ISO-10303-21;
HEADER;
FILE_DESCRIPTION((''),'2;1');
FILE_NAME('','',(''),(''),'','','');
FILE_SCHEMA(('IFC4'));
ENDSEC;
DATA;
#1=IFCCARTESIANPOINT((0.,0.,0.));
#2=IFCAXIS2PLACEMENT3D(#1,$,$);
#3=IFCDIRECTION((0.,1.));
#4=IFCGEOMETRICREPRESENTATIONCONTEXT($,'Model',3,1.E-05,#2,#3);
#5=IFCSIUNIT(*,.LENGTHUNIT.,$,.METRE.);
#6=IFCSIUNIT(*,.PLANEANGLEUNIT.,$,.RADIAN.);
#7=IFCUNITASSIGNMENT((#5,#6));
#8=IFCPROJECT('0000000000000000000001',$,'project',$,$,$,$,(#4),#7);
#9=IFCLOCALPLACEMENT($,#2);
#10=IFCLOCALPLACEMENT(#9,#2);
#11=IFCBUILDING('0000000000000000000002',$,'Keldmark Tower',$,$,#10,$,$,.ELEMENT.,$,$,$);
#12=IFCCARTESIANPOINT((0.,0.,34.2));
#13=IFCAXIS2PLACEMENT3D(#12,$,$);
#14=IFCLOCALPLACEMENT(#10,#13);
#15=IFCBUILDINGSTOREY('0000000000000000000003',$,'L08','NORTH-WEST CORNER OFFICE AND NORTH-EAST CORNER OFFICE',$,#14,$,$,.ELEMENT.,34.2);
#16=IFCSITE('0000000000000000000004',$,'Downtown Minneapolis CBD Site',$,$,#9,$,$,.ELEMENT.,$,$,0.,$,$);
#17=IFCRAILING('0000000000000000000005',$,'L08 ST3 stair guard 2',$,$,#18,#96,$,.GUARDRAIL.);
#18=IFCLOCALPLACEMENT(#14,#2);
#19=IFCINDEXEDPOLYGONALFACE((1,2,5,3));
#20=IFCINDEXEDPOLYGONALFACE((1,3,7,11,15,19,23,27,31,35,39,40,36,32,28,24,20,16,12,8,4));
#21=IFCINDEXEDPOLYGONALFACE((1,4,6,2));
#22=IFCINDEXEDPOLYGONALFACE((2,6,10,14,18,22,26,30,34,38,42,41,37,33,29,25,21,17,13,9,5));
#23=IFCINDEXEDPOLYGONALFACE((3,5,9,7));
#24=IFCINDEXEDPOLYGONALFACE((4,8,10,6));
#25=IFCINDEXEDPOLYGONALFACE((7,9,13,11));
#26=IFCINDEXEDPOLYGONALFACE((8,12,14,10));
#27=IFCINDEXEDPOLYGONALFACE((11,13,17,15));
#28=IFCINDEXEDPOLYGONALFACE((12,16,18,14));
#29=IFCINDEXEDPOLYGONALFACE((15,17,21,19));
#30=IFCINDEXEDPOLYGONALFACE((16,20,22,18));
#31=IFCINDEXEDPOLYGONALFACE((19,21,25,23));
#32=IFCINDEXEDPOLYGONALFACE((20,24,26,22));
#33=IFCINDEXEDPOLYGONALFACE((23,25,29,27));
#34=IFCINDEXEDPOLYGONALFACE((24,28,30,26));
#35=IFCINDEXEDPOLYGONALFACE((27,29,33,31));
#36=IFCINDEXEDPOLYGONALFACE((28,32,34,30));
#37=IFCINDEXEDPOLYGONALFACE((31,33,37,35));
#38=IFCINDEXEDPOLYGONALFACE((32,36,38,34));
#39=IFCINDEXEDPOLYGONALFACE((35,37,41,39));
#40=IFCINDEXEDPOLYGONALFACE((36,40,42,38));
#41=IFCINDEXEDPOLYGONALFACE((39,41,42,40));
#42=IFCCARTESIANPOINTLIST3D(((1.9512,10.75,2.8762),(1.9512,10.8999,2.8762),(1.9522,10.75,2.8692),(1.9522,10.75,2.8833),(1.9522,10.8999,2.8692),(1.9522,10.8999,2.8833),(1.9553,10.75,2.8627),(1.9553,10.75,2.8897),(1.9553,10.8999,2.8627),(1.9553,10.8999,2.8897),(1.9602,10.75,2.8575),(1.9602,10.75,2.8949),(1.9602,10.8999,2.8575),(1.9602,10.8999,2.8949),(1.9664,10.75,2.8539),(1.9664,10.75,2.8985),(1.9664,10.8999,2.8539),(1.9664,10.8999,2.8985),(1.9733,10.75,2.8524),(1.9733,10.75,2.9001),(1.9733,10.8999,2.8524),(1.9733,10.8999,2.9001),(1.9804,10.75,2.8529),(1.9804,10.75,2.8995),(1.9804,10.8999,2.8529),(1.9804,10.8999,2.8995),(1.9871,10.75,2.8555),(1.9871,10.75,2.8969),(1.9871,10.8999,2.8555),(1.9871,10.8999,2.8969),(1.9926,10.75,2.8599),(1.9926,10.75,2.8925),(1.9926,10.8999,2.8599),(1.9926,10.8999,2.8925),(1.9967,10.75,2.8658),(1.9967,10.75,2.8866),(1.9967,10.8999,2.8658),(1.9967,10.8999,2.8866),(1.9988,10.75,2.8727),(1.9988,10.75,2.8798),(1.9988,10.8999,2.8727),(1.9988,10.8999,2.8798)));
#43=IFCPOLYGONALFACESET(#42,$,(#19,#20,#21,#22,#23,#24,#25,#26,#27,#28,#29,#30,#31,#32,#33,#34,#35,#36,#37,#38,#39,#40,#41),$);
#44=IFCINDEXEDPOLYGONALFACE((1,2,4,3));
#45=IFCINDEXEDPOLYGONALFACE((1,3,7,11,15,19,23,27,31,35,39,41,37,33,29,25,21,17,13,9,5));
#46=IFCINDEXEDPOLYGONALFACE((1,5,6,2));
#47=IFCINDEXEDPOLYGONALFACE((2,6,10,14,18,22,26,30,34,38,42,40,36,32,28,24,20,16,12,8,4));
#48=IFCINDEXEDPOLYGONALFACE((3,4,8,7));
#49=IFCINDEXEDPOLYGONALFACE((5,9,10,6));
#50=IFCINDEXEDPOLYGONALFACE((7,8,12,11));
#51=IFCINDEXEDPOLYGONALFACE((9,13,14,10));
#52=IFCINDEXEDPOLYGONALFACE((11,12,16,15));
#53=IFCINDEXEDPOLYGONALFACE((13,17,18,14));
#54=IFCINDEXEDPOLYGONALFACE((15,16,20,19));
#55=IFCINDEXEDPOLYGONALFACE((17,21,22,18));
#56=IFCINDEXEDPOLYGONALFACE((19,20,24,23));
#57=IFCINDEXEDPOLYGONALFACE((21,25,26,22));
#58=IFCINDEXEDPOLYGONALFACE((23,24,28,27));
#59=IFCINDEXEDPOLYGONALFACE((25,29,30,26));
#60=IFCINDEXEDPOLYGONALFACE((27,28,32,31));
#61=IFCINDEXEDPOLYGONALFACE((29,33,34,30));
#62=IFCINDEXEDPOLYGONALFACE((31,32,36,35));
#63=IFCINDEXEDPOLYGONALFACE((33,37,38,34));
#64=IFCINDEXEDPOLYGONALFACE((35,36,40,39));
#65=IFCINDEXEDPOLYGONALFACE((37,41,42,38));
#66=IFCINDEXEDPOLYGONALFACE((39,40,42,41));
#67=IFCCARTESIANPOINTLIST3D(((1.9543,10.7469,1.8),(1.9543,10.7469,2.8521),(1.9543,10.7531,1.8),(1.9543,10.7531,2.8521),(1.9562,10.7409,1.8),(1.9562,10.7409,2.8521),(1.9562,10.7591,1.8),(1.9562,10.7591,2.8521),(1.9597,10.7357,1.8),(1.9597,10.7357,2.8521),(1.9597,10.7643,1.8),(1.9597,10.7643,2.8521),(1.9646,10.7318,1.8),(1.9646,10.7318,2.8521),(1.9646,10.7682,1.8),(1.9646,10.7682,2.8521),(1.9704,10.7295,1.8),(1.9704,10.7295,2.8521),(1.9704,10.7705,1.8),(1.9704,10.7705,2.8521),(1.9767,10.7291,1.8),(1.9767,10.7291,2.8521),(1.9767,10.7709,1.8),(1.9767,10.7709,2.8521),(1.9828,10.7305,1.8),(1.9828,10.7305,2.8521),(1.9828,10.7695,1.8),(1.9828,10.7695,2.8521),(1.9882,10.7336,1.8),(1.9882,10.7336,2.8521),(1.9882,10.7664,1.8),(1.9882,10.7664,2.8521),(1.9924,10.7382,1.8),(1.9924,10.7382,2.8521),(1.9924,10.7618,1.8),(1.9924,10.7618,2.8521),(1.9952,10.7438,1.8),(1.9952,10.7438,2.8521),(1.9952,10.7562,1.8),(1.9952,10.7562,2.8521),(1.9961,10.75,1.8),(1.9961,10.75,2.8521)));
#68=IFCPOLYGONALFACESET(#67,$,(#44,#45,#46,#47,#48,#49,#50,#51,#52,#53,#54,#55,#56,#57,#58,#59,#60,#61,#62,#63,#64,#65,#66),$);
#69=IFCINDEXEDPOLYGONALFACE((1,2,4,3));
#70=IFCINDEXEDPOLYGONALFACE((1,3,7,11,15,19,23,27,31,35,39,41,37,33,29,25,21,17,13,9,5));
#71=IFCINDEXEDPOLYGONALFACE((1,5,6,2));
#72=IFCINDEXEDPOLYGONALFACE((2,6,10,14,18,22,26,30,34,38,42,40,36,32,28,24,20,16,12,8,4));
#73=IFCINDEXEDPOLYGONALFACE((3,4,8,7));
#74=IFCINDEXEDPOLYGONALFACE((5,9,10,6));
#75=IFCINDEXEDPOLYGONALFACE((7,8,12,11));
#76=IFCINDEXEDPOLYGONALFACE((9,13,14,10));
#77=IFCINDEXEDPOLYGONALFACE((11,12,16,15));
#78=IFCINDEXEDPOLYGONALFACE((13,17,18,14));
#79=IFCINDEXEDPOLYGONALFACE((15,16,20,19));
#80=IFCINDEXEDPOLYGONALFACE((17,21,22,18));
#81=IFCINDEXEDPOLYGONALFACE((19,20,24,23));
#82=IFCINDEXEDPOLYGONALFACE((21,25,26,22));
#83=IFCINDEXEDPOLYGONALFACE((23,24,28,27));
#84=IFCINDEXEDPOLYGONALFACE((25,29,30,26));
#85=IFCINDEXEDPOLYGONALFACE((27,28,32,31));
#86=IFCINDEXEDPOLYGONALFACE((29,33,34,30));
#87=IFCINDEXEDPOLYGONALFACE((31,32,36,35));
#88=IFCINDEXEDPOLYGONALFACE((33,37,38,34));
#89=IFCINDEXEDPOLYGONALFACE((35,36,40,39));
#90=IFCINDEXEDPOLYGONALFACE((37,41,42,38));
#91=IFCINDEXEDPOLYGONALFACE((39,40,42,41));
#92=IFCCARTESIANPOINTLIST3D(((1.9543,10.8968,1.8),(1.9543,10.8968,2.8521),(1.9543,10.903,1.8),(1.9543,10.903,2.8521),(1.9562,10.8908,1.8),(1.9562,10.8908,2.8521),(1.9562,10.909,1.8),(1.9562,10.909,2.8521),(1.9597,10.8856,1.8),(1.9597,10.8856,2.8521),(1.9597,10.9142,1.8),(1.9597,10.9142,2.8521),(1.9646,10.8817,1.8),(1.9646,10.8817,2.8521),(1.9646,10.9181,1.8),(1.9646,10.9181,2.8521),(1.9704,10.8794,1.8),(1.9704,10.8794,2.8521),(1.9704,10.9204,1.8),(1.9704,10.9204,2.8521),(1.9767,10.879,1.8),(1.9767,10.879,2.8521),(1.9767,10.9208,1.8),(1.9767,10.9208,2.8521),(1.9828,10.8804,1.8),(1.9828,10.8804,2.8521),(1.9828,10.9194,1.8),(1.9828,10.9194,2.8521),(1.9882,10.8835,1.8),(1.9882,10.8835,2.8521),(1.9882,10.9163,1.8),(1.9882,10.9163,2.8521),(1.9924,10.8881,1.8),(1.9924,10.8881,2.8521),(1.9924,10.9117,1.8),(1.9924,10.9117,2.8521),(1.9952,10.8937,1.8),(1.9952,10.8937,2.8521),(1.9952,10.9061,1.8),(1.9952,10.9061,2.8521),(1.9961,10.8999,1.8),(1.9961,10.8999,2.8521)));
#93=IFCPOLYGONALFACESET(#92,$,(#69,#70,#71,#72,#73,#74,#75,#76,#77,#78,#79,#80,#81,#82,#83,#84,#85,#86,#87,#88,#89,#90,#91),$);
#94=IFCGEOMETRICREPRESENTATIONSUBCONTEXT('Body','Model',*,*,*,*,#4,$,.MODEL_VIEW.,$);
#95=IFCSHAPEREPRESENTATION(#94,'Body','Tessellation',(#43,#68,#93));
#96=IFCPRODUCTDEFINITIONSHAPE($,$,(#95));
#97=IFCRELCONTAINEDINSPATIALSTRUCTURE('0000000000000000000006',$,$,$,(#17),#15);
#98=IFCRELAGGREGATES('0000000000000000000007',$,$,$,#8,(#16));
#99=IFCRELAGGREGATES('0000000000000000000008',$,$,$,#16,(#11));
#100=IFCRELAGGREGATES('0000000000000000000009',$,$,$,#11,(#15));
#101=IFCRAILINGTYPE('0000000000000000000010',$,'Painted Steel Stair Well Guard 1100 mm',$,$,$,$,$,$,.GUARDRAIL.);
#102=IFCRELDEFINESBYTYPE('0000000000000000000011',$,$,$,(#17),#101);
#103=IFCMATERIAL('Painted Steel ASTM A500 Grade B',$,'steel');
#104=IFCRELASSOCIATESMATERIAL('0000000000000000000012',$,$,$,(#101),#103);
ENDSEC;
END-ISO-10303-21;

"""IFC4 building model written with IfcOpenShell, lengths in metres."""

from ifc_helpers import new_model, si_unit, direction, frame, origin, origin_2d, place, context, subcontext, project, spatial, circle, extrude, material, type_object, element, save


model = new_model("IFC4")

# Units and contexts
model_context = context("Model", 3, precision=1e-05, world=origin(), true_north=direction((0.0, 1.0)))
body_context = subcontext(model_context, "Body", "Model", "MODEL_VIEW")
ifc_project = project(units=[si_unit("LENGTHUNIT", "METRE"), si_unit("PLANEANGLEUNIT", "RADIAN")], contexts=[model_context])

# Site, building, storey
site_placement = place(None, origin())
site = spatial("IfcSite", under=ifc_project, at=site_placement, Name="Downtown Minneapolis CBD Site", CompositionType="ELEMENT", RefElevation=0.0)
building_placement = place(site_placement, origin())
building = spatial("IfcBuilding", under=site, at=building_placement, Name="Keldmark Tower", CompositionType="ELEMENT")
storey_placement = place(building_placement, frame((0.0, 0.0, 34.2)))
storey = spatial("IfcBuildingStorey", under=building, at=storey_placement, Name="L08", Description="NORTH-WEST CORNER OFFICE AND NORTH-EAST CORNER OFFICE", CompositionType="ELEMENT", Elevation=34.2)

# Railing
ifc_material_1 = material(Name="Painted Steel ASTM A500 Grade B", Category="steel")
railing_type_1 = type_object("IfcRailingType", Name="Painted Steel Stair Well Guard 1100 mm", PredefinedType="GUARDRAIL", material=ifc_material_1)
railing_1_placement = place(storey_placement, frame((1.9751, 10.75, 1.8)))
element("IfcRailing", 1, at=railing_1_placement, inside=storey, type_object=railing_type_1, Name="L08 ST3 stair guard 2", PredefinedType="GUARDRAIL", context=body_context, shape_type="SweptSolid", body=[
    extrude(circle(Radius=0.0239, at=origin_2d()), frame((0.0, 0.0, 1.0762), z_axis=(0.0, 1.0, 0.0), x_axis=(-1.0, 0.0, 0.0)), (0.0, 0.0, 1.0), 0.1499),
    extrude(circle(Radius=0.021, at=origin_2d()), origin(), (0.0, 0.0, 1.0), 1.052),
    extrude(circle(Radius=0.021, at=origin_2d()), frame((0.0, 0.1499, 0.0)), (0.0, 0.0, 1.0), 1.052),
])

save(model, "model.ifc")
